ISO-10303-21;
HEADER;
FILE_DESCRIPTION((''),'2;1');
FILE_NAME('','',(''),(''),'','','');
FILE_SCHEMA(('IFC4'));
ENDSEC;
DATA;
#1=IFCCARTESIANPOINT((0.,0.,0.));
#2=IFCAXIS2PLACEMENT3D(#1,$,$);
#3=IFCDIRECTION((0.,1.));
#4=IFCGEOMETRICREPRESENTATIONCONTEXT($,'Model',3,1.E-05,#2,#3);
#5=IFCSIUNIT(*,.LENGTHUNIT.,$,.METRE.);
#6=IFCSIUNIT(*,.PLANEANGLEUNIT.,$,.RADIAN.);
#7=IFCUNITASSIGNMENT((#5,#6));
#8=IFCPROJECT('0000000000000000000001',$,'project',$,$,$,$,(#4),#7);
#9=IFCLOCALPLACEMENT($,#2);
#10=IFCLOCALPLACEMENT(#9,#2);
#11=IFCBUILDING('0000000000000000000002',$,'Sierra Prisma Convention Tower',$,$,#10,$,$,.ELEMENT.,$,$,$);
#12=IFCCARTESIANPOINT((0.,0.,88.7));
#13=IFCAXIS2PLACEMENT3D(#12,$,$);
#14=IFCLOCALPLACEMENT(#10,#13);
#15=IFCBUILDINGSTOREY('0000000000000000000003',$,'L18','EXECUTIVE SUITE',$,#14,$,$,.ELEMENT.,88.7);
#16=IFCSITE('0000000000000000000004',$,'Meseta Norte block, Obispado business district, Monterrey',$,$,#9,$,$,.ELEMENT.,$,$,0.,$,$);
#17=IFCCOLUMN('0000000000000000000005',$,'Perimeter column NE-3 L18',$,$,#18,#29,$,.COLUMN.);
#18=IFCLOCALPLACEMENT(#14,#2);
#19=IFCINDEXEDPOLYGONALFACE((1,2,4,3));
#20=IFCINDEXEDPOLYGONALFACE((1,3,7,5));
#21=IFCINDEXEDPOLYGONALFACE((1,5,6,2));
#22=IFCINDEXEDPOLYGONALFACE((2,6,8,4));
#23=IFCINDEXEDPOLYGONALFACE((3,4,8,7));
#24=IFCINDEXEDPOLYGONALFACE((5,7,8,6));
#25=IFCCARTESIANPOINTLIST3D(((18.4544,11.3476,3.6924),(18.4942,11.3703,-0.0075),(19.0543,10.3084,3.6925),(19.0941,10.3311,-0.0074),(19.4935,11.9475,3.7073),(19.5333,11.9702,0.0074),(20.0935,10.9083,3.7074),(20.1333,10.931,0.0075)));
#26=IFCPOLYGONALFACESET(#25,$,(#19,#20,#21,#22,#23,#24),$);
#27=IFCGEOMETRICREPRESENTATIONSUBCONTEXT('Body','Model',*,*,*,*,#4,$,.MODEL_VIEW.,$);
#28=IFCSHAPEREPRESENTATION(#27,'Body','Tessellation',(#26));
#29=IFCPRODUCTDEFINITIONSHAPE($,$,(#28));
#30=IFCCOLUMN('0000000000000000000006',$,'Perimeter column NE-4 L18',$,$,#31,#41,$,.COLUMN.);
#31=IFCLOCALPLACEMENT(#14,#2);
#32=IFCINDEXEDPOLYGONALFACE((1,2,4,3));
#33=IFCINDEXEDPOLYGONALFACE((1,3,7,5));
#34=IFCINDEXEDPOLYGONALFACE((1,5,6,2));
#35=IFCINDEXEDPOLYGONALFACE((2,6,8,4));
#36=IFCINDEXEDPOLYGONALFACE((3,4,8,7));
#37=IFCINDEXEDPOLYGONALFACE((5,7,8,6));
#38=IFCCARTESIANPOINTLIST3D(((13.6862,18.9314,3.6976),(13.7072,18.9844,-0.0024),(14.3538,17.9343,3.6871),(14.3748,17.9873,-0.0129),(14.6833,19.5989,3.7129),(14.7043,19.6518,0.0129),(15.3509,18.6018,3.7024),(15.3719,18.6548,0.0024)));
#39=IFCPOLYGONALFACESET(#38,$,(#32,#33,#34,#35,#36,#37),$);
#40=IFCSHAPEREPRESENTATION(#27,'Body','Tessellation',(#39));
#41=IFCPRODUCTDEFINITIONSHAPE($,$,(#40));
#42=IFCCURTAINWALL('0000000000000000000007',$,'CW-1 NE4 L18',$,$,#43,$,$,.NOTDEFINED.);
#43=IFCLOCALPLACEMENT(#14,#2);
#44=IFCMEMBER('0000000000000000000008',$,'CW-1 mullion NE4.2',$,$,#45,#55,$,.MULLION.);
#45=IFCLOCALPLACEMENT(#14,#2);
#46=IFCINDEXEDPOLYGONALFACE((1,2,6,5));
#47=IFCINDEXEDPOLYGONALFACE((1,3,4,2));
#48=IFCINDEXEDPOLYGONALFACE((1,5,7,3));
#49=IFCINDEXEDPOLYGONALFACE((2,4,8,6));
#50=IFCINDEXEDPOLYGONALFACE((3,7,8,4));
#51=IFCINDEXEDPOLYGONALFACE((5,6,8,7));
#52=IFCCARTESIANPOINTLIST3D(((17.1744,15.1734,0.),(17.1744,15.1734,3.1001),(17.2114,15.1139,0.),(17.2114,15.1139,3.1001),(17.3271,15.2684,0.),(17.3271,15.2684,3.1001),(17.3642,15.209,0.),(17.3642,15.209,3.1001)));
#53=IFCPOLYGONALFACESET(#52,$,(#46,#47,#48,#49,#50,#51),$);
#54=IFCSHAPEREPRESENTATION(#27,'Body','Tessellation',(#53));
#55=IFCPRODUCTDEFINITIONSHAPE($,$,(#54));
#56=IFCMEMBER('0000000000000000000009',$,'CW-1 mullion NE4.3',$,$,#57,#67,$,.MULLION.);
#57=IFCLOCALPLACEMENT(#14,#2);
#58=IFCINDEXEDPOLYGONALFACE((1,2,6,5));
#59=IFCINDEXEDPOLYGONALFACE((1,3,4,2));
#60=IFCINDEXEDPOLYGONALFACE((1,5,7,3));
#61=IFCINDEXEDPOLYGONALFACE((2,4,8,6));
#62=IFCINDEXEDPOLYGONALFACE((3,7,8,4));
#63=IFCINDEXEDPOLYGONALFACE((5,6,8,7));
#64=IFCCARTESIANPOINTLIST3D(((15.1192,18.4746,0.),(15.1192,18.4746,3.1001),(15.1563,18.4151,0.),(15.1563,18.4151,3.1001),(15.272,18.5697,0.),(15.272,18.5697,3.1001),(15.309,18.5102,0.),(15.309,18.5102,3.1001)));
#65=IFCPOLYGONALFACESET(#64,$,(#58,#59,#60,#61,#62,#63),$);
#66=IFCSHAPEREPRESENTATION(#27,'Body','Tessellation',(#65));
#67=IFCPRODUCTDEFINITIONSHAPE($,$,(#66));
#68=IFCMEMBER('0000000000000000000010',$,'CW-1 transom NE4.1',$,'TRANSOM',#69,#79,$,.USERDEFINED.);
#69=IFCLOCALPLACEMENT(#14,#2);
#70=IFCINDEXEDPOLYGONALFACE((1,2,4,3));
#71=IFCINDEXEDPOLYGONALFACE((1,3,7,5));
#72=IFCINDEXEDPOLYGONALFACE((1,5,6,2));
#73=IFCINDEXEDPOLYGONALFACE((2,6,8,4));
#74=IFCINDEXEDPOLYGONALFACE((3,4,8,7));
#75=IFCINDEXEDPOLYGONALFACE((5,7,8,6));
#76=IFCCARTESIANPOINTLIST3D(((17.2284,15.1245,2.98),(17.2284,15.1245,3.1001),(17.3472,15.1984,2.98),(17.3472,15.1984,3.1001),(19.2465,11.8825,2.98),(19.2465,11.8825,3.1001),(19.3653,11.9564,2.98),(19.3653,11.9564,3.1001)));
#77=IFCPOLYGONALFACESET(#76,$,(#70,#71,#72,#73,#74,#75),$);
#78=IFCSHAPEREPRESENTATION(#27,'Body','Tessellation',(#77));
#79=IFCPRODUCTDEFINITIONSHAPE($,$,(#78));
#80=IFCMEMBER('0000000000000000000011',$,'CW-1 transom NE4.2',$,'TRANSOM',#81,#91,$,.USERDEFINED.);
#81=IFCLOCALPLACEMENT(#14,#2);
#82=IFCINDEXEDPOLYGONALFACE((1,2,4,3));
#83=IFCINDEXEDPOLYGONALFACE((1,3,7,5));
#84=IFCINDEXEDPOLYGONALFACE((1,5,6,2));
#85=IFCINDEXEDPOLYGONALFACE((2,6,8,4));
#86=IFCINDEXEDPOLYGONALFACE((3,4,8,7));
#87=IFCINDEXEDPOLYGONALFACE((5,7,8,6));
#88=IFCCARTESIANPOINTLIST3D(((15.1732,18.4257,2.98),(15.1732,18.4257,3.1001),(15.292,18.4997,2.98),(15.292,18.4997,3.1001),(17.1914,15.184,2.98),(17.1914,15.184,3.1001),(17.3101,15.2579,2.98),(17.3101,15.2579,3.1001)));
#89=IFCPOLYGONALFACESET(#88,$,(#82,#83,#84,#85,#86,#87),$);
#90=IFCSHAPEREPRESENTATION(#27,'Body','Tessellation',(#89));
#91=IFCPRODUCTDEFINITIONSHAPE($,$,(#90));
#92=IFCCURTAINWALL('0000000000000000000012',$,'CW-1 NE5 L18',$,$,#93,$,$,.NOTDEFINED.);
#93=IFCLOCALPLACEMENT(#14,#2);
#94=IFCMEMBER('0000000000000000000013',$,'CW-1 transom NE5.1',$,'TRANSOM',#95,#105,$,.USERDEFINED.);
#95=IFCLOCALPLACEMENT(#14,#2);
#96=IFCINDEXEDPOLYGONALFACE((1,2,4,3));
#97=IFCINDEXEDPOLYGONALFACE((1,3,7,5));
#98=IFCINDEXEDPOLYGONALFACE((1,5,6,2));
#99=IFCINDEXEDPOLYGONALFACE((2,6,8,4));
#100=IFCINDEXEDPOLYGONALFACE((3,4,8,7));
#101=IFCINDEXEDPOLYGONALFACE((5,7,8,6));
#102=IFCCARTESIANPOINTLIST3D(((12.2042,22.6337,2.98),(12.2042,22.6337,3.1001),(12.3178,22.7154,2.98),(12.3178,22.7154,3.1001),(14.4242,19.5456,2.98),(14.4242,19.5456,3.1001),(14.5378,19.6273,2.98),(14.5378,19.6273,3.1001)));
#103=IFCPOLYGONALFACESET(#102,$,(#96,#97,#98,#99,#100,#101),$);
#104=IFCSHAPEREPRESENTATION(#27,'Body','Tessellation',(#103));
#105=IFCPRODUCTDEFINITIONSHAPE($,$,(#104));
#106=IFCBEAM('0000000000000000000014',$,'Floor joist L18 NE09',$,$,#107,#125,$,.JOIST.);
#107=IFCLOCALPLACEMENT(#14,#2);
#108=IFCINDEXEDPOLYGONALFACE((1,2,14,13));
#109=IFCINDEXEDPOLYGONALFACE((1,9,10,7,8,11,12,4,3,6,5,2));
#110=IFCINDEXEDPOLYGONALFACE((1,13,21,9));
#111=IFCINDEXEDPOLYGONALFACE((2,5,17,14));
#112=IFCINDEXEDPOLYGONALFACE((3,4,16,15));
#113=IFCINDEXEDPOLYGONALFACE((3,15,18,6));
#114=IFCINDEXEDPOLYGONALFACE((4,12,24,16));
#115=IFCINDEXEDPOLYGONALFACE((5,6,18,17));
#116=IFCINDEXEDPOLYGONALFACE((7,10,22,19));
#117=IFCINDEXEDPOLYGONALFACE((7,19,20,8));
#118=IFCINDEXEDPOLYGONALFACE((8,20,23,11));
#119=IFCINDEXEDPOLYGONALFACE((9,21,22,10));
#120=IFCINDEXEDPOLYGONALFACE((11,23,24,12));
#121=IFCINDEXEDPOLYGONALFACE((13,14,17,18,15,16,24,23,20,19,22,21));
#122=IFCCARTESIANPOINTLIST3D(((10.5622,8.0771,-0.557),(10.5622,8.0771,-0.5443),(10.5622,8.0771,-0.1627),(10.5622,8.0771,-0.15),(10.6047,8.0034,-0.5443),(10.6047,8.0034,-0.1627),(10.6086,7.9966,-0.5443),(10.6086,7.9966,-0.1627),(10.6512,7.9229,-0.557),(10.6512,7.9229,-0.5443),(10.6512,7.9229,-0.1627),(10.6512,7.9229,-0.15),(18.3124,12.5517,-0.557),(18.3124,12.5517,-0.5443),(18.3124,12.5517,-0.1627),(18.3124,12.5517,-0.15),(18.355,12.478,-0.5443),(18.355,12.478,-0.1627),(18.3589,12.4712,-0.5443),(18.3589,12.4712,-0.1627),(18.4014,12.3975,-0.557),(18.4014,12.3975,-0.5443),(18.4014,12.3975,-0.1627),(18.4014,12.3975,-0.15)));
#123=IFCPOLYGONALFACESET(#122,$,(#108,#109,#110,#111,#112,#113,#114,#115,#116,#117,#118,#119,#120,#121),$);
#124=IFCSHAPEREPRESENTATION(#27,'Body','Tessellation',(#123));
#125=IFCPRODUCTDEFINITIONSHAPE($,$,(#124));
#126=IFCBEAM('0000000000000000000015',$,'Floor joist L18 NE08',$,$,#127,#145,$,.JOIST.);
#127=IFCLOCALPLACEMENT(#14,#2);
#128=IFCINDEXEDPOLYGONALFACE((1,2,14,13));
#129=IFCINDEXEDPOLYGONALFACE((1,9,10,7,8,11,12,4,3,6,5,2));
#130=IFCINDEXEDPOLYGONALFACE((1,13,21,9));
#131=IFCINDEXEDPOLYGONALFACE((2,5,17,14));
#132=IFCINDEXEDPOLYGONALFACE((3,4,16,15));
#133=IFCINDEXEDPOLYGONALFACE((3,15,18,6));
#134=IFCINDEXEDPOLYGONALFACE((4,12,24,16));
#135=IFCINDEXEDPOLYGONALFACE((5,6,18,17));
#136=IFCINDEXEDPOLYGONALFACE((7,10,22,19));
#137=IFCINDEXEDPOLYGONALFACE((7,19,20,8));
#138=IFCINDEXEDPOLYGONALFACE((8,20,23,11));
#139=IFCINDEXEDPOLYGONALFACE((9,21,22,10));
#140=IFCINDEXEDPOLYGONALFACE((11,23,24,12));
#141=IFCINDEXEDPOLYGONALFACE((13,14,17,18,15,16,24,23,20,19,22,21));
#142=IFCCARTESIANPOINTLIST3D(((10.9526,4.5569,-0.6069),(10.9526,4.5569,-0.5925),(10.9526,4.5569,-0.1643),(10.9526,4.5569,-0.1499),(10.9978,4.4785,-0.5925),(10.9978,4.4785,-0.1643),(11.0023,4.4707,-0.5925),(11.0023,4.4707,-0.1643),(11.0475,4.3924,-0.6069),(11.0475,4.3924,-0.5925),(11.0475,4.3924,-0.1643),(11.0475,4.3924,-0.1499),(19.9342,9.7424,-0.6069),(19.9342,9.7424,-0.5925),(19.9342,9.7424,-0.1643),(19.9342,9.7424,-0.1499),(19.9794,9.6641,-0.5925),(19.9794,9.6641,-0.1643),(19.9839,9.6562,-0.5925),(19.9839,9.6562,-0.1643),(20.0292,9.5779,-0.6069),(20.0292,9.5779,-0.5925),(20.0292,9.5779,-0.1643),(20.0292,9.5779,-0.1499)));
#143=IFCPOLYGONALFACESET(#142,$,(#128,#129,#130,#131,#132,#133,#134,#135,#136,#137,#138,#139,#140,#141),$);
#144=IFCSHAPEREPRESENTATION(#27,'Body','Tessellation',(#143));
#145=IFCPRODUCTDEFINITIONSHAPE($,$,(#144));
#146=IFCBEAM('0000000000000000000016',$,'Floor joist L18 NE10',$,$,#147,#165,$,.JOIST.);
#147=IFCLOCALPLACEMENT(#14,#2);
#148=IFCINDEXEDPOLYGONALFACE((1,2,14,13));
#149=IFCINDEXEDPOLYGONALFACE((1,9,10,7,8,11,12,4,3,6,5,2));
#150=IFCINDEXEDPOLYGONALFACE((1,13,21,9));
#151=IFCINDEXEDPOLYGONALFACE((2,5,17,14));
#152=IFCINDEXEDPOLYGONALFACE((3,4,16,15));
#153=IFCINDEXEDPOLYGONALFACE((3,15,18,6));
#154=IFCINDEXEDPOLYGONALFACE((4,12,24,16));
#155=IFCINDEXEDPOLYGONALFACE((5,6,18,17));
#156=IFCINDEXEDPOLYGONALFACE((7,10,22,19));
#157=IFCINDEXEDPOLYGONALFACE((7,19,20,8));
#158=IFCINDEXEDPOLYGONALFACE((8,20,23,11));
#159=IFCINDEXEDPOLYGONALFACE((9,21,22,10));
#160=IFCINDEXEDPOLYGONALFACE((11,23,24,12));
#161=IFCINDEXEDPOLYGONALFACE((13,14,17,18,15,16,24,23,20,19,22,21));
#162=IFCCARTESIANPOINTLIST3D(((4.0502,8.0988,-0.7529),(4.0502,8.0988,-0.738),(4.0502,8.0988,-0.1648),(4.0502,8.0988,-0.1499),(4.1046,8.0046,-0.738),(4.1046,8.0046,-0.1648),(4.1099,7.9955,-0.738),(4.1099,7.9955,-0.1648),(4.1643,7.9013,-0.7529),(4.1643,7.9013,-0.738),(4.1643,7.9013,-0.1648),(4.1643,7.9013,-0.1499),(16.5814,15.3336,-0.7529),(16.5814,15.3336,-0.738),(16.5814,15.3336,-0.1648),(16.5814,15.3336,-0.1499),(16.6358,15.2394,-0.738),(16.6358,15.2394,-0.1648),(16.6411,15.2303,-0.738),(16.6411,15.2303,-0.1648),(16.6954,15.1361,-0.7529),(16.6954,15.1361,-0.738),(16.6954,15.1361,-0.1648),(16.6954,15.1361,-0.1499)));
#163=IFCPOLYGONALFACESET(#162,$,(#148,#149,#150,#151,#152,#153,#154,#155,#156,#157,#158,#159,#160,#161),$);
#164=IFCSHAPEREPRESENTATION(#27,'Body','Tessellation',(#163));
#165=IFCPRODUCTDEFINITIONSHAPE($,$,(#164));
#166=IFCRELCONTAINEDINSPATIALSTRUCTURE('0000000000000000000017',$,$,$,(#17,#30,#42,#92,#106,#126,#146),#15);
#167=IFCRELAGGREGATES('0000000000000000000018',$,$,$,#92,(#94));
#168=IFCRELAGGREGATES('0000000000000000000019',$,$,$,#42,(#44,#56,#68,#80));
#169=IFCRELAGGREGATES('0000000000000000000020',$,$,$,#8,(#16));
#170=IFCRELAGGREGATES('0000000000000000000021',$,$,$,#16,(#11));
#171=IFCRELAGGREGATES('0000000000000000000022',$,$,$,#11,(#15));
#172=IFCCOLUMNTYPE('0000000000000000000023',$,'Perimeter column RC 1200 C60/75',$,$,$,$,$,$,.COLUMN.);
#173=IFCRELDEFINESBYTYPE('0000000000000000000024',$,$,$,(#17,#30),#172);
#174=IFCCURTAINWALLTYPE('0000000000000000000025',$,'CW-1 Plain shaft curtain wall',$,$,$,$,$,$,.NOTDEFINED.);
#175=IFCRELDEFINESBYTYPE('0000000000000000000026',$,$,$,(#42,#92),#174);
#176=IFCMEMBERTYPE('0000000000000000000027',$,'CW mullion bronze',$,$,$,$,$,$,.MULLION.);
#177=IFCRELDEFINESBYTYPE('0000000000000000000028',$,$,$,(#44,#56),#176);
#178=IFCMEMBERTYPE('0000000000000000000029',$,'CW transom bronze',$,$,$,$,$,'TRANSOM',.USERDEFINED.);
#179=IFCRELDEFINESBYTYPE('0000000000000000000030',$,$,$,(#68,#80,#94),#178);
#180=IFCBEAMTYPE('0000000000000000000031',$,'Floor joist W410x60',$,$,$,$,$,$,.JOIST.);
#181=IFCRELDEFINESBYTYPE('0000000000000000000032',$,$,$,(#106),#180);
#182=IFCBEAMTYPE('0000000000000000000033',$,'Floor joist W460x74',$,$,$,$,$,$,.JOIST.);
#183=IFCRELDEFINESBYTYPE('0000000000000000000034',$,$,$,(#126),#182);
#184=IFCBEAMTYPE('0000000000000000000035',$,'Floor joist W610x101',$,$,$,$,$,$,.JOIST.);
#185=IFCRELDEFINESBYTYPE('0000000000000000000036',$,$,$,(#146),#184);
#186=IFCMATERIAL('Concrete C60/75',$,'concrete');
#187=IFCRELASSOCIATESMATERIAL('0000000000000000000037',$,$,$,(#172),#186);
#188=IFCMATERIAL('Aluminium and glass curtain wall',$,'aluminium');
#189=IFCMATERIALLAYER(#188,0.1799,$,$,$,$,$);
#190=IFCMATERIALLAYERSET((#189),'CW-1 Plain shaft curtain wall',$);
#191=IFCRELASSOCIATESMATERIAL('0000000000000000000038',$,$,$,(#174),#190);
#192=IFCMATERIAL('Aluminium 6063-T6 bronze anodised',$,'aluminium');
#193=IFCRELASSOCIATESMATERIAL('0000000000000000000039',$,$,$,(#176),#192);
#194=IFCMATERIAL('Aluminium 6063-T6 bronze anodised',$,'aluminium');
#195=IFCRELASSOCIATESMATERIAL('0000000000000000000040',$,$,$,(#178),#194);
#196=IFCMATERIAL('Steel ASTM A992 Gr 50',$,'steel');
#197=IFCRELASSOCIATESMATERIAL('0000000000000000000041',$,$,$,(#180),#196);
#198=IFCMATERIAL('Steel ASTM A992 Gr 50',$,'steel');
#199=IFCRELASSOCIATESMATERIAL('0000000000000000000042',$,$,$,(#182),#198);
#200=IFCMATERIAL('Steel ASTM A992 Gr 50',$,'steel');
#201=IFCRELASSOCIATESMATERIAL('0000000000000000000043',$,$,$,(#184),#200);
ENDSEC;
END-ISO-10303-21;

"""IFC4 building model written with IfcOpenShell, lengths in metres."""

from ifc_helpers import new_model, si_unit, direction, frame, origin, origin_2d, place, context, subcontext, project, spatial, rectangle, i_section, extrude, material, layer, layer_set, material_profile, profile_set, type_object, element, aggregate, save


model = new_model("IFC4")

# Units and contexts
model_context = context("Model", 3, precision=1e-05, world=origin(), true_north=direction((0.0, 1.0)))
body_context = subcontext(model_context, "Body", "Model", "MODEL_VIEW")
ifc_project = project(units=[si_unit("LENGTHUNIT", "METRE"), si_unit("PLANEANGLEUNIT", "RADIAN")], contexts=[model_context])

# Site, building, storey
site_placement = place(None, origin())
site = spatial("IfcSite", under=ifc_project, at=site_placement, Name="Meseta Norte block, Obispado business district, Monterrey", CompositionType="ELEMENT", RefElevation=0.0)
building_placement = place(site_placement, origin())
building = spatial("IfcBuilding", under=site, at=building_placement, Name="Sierra Prisma Convention Tower", CompositionType="ELEMENT")
storey_placement = place(building_placement, frame((0.0, 0.0, 88.7)))
storey = spatial("IfcBuildingStorey", under=building, at=storey_placement, Name="L18", Description="EXECUTIVE SUITE", CompositionType="ELEMENT", Elevation=88.7)

# Columns
ifc_material_1 = material(Name="Concrete C60/75", Category="concrete")
ifc_material_profile_1 = material_profile(ifc_material_1, rectangle(XDim=1.2, YDim=1.2, at=origin_2d()), Name="Perimeter column RC 1200 C60/75")
ifc_profile_set_1 = profile_set([ifc_material_profile_1], Name="Concrete C60/75")
column_type = type_object("IfcColumnType", Name="Perimeter column RC 1200 C60/75", PredefinedType="COLUMN", material=ifc_profile_set_1)
column_1_placement = place(storey_placement, frame((19.3137, 11.1506, 0.0), z_axis=(-0.010755, -0.006136, 0.999923), x_axis=(-0.499971, 0.866042, -0.000063)))
element("IfcColumn", 1, at=column_1_placement, inside=storey, type_object=column_type, Name="Perimeter column NE-3 L18", PredefinedType="COLUMN", context=body_context, shape_type="SweptSolid", body=[
    extrude(rectangle(XDim=1.2, YDim=1.2, at=origin_2d()), origin(), (0.0, 0.0, 1.0), 3.7002),
])
column_2_placement = place(storey_placement, frame((14.5396, 18.8196, 0.0), z_axis=(-0.005674, -0.014317, 0.999881), x_axis=(-0.556366, 0.830891, 0.00874)))
element("IfcColumn", 2, at=column_2_placement, inside=storey, type_object=column_type, Name="Perimeter column NE-4 L18", PredefinedType="COLUMN", context=body_context, shape_type="SweptSolid", body=[
    extrude(rectangle(XDim=1.2, YDim=1.2, at=origin_2d()), origin(), (0.0, 0.0, 1.0), 3.7004),
])

# Curtain wall, members
ifc_material_2 = material(Name="Aluminium and glass curtain wall", Category="aluminium")
ifc_layer_1 = layer(ifc_material_2, 0.1799)
ifc_layer_set_1 = layer_set([ifc_layer_1], Name="CW-1 Plain shaft curtain wall")
curtain_wall_type = type_object("IfcCurtainWallType", Name="CW-1 Plain shaft curtain wall", PredefinedType="NOTDEFINED", material=ifc_layer_set_1)
curtain_wall_1_placement = place(storey_placement, origin())
curtain_wall_1 = element("IfcCurtainWall", 3, at=curtain_wall_1_placement, inside=storey, type_object=curtain_wall_type, Name="CW-1 NE4 L18", PredefinedType="NOTDEFINED")
ifc_material_3 = material(Name="Aluminium 6063-T6 bronze anodised", Category="aluminium")
ifc_material_profile_2 = material_profile(ifc_material_3, rectangle(XDim=0.1799, YDim=0.0701, at=origin_2d()), Name="ALU MULLION 70x180")
ifc_profile_set_2 = profile_set([ifc_material_profile_2], Name="Aluminium 6063-T6 bronze anodised")
member_type_1 = type_object("IfcMemberType", Name="CW mullion bronze", PredefinedType="MULLION", material=ifc_profile_set_2)
member_1_placement = place(storey_placement, frame((17.2693, 15.1912, 0.0), z_axis=(0.0, 0.0, 1.0), x_axis=(-0.848946, -0.528479, 0.0)))
member_1 = element("IfcMember", 4, at=member_1_placement, type_object=member_type_1, Name="CW-1 mullion NE4.2", PredefinedType="MULLION", context=body_context, shape_type="SweptSolid", body=[
    extrude(rectangle(XDim=0.1799, YDim=0.0701, at=origin_2d()), origin(), (0.0, 0.0, 1.0), 3.1001),
])
member_2_placement = place(storey_placement, frame((15.2141, 18.4924, 0.0), z_axis=(0.0, 0.0, 1.0), x_axis=(-0.848946, -0.528479, 0.0)))
member_2 = element("IfcMember", 5, at=member_2_placement, type_object=member_type_1, Name="CW-1 mullion NE4.3", PredefinedType="MULLION", context=body_context, shape_type="SweptSolid", body=[
    extrude(rectangle(XDim=0.1799, YDim=0.0701, at=origin_2d()), origin(), (0.0, 0.0, 1.0), 3.1001),
])
ifc_material_4 = material(Name="Aluminium 6063-T6 bronze anodised", Category="aluminium")
ifc_material_profile_3 = material_profile(ifc_material_4, rectangle(XDim=0.1399, YDim=0.1201, at=origin_2d()), Name="ALU TRANSOM 120x140")
ifc_profile_set_3 = profile_set([ifc_material_profile_3], Name="Aluminium 6063-T6 bronze anodised")
member_type_2 = type_object("IfcMemberType", Name="CW transom bronze", ElementType="TRANSOM", PredefinedType="USERDEFINED", material=ifc_profile_set_3)
member_3_placement = place(storey_placement, frame((19.3059, 11.9194, 3.04), z_axis=(-0.528464, 0.848956, 0.0), x_axis=(-0.848956, -0.528464, 0.0)))
member_3 = element("IfcMember", 6, at=member_3_placement, type_object=member_type_2, Name="CW-1 transom NE4.1", ObjectType="TRANSOM", PredefinedType="USERDEFINED", context=body_context, shape_type="SweptSolid", body=[
    extrude(rectangle(XDim=0.1399, YDim=0.1201, at=origin_2d()), origin(), (0.0, 0.0, 1.0), 3.8188),
])
member_4_placement = place(storey_placement, frame((17.2507, 15.2209, 3.04), z_axis=(-0.528492, 0.848938, 0.0), x_axis=(-0.848938, -0.528492, 0.0)))
member_4 = element("IfcMember", 7, at=member_4_placement, type_object=member_type_2, Name="CW-1 transom NE4.2", ObjectType="TRANSOM", PredefinedType="USERDEFINED", context=body_context, shape_type="SweptSolid", body=[
    extrude(rectangle(XDim=0.1399, YDim=0.1201, at=origin_2d()), origin(), (0.0, 0.0, 1.0), 3.8186),
])

# Curtain wall, member
curtain_wall_2_placement = place(storey_placement, origin())
curtain_wall_2 = element("IfcCurtainWall", 8, at=curtain_wall_2_placement, inside=storey, type_object=curtain_wall_type, Name="CW-1 NE5 L18", PredefinedType="NOTDEFINED")
member_5_placement = place(storey_placement, frame((14.481, 19.5864, 3.04), z_axis=(-0.583701, 0.811969, 0.0), x_axis=(-0.811969, -0.583701, 0.0)))
member_5 = element("IfcMember", 9, at=member_5_placement, type_object=member_type_2, Name="CW-1 transom NE5.1", ObjectType="TRANSOM", PredefinedType="USERDEFINED", context=body_context, shape_type="SweptSolid", body=[
    extrude(rectangle(XDim=0.1399, YDim=0.1201, at=origin_2d()), origin(), (0.0, 0.0, 1.0), 3.8032),
])
aggregate(curtain_wall_2, [member_5])

# Beams
ifc_material_5 = material(Name="Steel ASTM A992 Gr 50", Category="steel")
ifc_material_profile_4 = material_profile(ifc_material_5, i_section(OverallWidth=0.178, OverallDepth=0.407, WebThickness=0.0078, FlangeThickness=0.0127, at=origin_2d()), Name="W410x60")
ifc_profile_set_4 = profile_set([ifc_material_profile_4], Name="Steel ASTM A992 Gr 50")
beam_type_1 = type_object("IfcBeamType", Name="Floor joist W410x60", PredefinedType="JOIST", material=ifc_profile_set_4)
beam_1_placement = place(storey_placement, frame((18.3569, 12.4746, -0.3535), z_axis=(-0.866025, -0.5, 0.0), x_axis=(0.5, -0.866025, 0.0)))
element("IfcBeam", 10, at=beam_1_placement, inside=storey, type_object=beam_type_1, Name="Floor joist L18 NE09", PredefinedType="JOIST", context=body_context, shape_type="SweptSolid", body=[
    extrude(i_section(OverallWidth=0.178, OverallDepth=0.407, WebThickness=0.0078, FlangeThickness=0.0127, at=origin_2d()), origin(), (0.0, 0.0, 1.0), 8.9492),
])
ifc_material_6 = material(Name="Steel ASTM A992 Gr 50", Category="steel")
ifc_material_profile_5 = material_profile(ifc_material_6, i_section(OverallWidth=0.1899, OverallDepth=0.457, WebThickness=0.009, FlangeThickness=0.0144, at=origin_2d()), Name="W460x74")
ifc_profile_set_5 = profile_set([ifc_material_profile_5], Name="Steel ASTM A992 Gr 50")
beam_type_2 = type_object("IfcBeamType", Name="Floor joist W460x74", PredefinedType="JOIST", material=ifc_profile_set_5)
beam_2_placement = place(storey_placement, frame((19.9817, 9.6602, -0.3784), z_axis=(-0.866027, -0.499998, 0.0), x_axis=(0.499998, -0.866027, 0.0)))
element("IfcBeam", 11, at=beam_2_placement, inside=storey, type_object=beam_type_2, Name="Floor joist L18 NE08", PredefinedType="JOIST", context=body_context, shape_type="SweptSolid", body=[
    extrude(i_section(OverallWidth=0.1899, OverallDepth=0.457, WebThickness=0.009, FlangeThickness=0.0144, at=origin_2d()), origin(), (0.0, 0.0, 1.0), 10.3711),
])
ifc_material_7 = material(Name="Steel ASTM A992 Gr 50", Category="steel")
ifc_material_profile_6 = material_profile(ifc_material_7, i_section(OverallWidth=0.228, OverallDepth=0.603, WebThickness=0.0105, FlangeThickness=0.0149, at=origin_2d()), Name="W610x101")
ifc_profile_set_6 = profile_set([ifc_material_profile_6], Name="Steel ASTM A992 Gr 50")
beam_type_3 = type_object("IfcBeamType", Name="Floor joist W610x101", PredefinedType="JOIST", material=ifc_profile_set_6)
beam_3_placement = place(storey_placement, frame((16.6384, 15.2349, -0.4514), z_axis=(-0.866027, -0.499997, 0.0), x_axis=(0.499997, -0.866027, 0.0)))
element("IfcBeam", 12, at=beam_3_placement, inside=storey, type_object=beam_type_3, Name="Floor joist L18 NE10", PredefinedType="JOIST", context=body_context, shape_type="SweptSolid", body=[
    extrude(i_section(OverallWidth=0.228, OverallDepth=0.603, WebThickness=0.0105, FlangeThickness=0.0149, at=origin_2d()), origin(), (0.0, 0.0, 1.0), 14.4697),
])

aggregate(curtain_wall_1, [member_1, member_2, member_3, member_4])

save(model, "model.ifc")
